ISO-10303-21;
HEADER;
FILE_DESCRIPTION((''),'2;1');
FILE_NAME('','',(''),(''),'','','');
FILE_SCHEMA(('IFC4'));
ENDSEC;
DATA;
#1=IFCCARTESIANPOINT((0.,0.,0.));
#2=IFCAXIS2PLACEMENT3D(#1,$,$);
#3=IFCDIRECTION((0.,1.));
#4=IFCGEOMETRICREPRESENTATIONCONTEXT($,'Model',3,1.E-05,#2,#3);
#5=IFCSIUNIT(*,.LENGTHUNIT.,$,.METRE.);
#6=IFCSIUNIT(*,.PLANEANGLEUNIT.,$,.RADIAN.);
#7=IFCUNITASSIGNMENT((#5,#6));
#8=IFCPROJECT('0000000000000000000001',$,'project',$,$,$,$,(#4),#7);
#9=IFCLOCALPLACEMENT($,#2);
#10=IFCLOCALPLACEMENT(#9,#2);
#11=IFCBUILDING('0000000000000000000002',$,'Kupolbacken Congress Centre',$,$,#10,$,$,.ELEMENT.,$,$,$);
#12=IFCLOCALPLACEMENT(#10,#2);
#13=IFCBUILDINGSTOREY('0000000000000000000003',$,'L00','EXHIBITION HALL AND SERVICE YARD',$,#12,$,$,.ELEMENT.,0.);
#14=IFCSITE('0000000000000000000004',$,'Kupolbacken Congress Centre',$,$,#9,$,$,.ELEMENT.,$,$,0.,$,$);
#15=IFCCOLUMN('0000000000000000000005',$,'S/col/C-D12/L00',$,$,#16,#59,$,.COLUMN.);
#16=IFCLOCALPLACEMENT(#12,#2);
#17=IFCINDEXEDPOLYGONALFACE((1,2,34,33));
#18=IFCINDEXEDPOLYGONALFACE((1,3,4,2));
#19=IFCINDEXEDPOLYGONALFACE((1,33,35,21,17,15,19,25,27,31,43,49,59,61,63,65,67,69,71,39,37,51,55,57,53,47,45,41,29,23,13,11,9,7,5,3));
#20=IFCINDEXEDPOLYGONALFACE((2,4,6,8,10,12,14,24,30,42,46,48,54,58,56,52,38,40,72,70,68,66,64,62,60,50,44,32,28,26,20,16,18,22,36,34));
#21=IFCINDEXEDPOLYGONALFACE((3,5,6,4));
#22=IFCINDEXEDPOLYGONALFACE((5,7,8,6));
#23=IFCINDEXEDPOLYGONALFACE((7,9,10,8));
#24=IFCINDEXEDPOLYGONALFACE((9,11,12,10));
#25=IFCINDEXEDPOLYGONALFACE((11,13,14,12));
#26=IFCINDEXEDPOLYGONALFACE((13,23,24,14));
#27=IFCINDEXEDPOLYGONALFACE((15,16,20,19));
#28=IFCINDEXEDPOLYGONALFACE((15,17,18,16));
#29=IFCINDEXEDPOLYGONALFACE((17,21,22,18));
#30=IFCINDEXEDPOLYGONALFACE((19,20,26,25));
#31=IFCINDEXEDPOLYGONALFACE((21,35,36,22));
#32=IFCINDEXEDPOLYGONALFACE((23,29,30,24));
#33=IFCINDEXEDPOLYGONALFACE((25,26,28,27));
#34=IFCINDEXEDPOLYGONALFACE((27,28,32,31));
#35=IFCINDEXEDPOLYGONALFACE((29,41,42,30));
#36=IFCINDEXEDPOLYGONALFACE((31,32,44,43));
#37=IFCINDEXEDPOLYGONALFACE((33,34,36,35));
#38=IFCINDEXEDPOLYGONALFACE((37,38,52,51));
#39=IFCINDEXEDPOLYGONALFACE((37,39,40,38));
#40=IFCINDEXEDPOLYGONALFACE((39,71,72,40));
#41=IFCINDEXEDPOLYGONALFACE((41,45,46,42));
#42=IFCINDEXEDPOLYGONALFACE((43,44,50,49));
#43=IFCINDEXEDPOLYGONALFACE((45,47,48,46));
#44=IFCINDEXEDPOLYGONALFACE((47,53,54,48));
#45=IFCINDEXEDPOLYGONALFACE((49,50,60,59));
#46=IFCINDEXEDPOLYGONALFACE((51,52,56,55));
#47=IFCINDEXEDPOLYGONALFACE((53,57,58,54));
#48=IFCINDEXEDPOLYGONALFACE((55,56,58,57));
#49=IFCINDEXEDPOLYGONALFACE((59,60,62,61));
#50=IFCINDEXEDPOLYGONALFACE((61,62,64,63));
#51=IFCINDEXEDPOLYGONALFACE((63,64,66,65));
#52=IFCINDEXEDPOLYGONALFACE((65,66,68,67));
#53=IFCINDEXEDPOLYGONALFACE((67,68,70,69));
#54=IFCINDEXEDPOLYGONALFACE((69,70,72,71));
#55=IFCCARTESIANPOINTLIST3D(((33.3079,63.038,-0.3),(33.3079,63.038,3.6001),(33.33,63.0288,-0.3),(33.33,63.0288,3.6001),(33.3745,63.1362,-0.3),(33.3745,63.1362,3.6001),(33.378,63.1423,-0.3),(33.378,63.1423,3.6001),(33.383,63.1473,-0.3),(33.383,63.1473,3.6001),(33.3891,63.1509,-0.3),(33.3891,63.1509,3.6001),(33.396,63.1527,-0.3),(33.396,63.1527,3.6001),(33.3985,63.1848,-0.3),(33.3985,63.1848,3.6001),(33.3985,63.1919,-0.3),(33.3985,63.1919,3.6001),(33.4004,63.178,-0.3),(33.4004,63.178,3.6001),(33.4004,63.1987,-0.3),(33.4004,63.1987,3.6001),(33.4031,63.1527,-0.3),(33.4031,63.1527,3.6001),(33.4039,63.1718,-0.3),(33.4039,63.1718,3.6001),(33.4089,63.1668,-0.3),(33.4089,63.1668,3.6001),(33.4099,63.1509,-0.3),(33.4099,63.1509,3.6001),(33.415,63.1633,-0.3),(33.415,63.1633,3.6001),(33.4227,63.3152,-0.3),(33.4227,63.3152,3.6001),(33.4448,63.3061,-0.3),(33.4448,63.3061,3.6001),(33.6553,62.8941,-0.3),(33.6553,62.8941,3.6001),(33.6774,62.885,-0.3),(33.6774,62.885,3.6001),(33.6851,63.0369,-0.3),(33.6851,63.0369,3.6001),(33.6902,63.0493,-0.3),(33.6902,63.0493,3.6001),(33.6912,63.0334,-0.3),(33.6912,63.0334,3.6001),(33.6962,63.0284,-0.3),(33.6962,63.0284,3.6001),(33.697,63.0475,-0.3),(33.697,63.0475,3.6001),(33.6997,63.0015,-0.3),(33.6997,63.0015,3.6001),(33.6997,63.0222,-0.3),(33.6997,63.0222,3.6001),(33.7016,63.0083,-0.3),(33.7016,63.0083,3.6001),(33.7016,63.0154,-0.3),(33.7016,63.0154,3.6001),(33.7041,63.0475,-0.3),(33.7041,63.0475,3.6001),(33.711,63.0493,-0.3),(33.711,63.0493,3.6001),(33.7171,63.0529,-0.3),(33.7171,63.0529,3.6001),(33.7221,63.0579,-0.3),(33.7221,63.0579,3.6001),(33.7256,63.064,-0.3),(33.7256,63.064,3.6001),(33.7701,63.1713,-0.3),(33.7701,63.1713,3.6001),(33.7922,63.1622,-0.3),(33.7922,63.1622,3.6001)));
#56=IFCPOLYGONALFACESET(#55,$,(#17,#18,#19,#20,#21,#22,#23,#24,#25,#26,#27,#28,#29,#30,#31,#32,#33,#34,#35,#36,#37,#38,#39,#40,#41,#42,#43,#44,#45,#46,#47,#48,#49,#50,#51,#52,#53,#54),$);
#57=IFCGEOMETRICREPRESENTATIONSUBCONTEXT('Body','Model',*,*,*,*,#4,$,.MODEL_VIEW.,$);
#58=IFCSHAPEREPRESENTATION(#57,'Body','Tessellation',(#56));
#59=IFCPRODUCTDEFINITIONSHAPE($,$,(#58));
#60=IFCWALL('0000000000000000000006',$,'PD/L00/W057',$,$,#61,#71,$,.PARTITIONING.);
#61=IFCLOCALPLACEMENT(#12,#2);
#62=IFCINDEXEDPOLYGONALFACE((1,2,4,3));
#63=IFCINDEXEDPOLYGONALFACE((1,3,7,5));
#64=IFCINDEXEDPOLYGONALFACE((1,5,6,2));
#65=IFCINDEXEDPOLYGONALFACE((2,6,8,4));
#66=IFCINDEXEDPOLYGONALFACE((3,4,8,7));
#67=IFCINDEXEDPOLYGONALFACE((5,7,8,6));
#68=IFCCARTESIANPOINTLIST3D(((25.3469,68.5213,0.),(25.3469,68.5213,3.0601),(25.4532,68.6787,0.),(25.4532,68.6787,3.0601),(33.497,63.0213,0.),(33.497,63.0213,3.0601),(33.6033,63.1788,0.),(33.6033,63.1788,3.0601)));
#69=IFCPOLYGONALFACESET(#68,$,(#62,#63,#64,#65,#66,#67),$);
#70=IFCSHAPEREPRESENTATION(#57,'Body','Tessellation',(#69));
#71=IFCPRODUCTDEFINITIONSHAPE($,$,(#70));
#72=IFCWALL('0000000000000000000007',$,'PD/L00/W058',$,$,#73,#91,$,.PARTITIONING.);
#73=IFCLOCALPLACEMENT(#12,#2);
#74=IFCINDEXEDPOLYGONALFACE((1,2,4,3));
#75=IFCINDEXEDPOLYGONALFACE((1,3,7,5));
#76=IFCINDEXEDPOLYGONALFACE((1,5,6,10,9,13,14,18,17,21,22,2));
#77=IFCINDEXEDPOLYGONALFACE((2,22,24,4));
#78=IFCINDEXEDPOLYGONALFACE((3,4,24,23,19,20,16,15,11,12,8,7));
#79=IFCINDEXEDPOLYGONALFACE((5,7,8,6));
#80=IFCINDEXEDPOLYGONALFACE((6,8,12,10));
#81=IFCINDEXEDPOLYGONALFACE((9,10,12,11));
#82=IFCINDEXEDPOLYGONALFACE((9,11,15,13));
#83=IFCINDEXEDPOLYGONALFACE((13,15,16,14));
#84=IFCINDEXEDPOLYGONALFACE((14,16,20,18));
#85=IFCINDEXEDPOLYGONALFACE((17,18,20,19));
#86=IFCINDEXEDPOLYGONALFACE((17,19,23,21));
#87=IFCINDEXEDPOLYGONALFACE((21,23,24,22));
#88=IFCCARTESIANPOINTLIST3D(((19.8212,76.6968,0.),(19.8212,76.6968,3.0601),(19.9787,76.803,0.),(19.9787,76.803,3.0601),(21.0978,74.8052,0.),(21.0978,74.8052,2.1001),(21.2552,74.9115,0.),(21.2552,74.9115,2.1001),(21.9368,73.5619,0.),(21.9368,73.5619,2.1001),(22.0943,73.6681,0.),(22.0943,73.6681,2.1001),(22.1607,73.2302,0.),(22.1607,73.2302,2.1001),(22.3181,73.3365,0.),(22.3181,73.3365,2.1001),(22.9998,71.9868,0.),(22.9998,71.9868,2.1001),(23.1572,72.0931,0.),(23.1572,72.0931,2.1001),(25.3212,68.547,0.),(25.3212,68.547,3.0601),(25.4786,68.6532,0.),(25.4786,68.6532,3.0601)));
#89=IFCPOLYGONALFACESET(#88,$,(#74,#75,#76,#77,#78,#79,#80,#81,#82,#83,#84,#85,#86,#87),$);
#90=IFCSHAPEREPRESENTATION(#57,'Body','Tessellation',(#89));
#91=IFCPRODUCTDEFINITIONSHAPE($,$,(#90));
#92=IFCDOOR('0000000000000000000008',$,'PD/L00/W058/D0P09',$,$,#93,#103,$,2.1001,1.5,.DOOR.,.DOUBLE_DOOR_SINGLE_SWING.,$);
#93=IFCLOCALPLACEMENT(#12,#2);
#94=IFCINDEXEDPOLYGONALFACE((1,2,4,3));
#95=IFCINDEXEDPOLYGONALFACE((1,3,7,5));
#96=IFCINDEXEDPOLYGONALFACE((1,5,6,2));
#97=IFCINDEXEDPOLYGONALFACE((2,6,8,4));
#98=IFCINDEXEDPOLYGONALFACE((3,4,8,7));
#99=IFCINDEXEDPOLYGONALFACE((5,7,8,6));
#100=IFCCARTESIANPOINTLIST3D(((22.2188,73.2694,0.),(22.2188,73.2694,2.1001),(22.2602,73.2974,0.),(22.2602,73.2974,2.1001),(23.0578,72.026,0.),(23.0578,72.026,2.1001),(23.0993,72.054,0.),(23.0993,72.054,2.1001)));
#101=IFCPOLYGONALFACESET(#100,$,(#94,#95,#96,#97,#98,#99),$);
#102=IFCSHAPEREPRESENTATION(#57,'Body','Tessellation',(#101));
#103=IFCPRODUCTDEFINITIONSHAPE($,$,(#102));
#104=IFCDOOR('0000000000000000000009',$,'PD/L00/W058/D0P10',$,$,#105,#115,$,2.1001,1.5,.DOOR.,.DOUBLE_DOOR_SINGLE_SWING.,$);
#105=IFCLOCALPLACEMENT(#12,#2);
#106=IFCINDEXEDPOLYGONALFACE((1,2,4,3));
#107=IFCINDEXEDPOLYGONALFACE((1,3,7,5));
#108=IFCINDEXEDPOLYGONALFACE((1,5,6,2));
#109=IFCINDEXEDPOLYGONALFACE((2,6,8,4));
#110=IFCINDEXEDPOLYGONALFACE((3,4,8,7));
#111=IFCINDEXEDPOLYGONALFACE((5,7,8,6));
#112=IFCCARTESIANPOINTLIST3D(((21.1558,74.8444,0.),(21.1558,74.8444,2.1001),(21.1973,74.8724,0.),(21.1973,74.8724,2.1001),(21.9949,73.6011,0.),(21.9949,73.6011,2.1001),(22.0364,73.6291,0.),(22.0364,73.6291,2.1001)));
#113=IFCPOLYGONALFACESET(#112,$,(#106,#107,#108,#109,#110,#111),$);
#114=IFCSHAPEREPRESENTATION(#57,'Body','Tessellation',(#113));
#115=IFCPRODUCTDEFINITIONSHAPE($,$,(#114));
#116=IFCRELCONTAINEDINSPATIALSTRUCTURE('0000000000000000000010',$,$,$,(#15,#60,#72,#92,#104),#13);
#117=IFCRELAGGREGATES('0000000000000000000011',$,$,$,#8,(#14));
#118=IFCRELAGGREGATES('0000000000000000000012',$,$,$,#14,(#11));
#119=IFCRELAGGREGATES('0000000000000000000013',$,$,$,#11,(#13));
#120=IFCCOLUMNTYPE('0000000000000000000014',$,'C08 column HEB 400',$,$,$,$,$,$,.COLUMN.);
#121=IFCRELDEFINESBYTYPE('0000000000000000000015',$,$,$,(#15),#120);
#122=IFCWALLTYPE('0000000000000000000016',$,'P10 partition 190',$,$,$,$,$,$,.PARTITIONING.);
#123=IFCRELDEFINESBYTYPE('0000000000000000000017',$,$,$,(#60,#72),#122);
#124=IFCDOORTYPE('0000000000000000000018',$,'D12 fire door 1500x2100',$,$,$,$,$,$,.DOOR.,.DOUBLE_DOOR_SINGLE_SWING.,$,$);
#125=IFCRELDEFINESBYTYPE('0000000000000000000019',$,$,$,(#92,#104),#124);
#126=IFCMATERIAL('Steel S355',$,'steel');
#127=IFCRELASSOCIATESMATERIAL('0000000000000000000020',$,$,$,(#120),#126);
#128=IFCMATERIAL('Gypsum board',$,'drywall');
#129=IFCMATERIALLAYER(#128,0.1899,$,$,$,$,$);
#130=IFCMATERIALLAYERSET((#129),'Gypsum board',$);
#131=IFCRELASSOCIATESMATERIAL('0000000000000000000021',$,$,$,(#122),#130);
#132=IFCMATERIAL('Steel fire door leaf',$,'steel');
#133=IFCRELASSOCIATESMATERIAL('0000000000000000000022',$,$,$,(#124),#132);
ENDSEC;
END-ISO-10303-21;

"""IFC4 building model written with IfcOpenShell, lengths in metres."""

from ifc_helpers import new_model, si_unit, direction, frame, frame_2d, origin, origin_2d, place, context, subcontext, project, spatial, rectangle, i_section, extrude, material, layer, layer_set, material_profile, profile_set, type_object, element, fill, save


model = new_model("IFC4")

# Units and contexts
model_context = context("Model", 3, precision=1e-05, world=origin(), true_north=direction((0.0, 1.0)))
body_context = subcontext(model_context, "Body", "Model", "MODEL_VIEW")
ifc_project = project(units=[si_unit("LENGTHUNIT", "METRE"), si_unit("PLANEANGLEUNIT", "RADIAN")], contexts=[model_context])

# Site, building, storey
site_placement = place(None, origin())
site = spatial("IfcSite", under=ifc_project, at=site_placement, Name="Kupolbacken Congress Centre", CompositionType="ELEMENT", RefElevation=0.0)
building_placement = place(site_placement, origin())
building = spatial("IfcBuilding", under=site, at=building_placement, Name="Kupolbacken Congress Centre", CompositionType="ELEMENT")
storey_placement = place(building_placement, origin())
storey = spatial("IfcBuildingStorey", under=building, at=storey_placement, Name="L00", Description="EXHIBITION HALL AND SERVICE YARD", CompositionType="ELEMENT", Elevation=0.0)

# Column
ifc_material_1 = material(Name="Steel S355", Category="steel")
ifc_material_profile_1 = material_profile(ifc_material_1, i_section(OverallWidth=0.3, OverallDepth=0.3999, WebThickness=0.0134, FlangeThickness=0.0239, FilletRadius=0.0271, at=origin_2d()), Name="HEB 400")
ifc_profile_set_1 = profile_set([ifc_material_profile_1], Name="Steel S355")
column_type_1 = type_object("IfcColumnType", Name="C08 column HEB 400", PredefinedType="COLUMN", material=ifc_profile_set_1)
column_placement = place(storey_placement, frame((33.55, 63.1001, -0.3), z_axis=(0.0, 0.0, 1.0), x_axis=(-0.382644, -0.923896, 0.0)))
element("IfcColumn", 1, at=column_placement, inside=storey, type_object=column_type_1, Name="S/col/C-D12/L00", PredefinedType="COLUMN", context=body_context, shape_type="SweptSolid", body=[
    extrude(i_section(OverallWidth=0.3, OverallDepth=0.3999, WebThickness=0.0134, FlangeThickness=0.0239, FilletRadius=0.0271, at=origin_2d()), origin(), (0.0, 0.0, 1.0), 3.9001),
])

# Wall
ifc_material_2 = material(Name="Gypsum board", Category="drywall")
ifc_layer_1 = layer(ifc_material_2, 0.1899)
ifc_layer_set_1 = layer_set([ifc_layer_1], Name="Gypsum board")
wall_type = type_object("IfcWallType", Name="P10 partition 190", PredefinedType="PARTITIONING", material=ifc_layer_set_1)
wall_1_placement = place(storey_placement, frame((33.55, 63.1001, 0.0), z_axis=(0.0, 0.0, 1.0), x_axis=(-0.828912, 0.559379, 0.0)))
element("IfcWall", 2, at=wall_1_placement, inside=storey, type_object=wall_type, Name="PD/L00/W057", PredefinedType="PARTITIONING", context=body_context, shape_type="SweptSolid", body=[
    extrude(rectangle(XDim=9.8323, YDim=0.1899, at=frame_2d((4.916, 0.0))), origin(), (0.0, 0.0, 1.0), 3.0601),
])

# Wall, openings, doors
wall_2_placement = place(storey_placement, frame((25.3999, 68.6001, 0.0), z_axis=(0.0, 0.0, 1.0), x_axis=(-0.55939, 0.828905, 0.0)))
wall_2 = element("IfcWall", 3, at=wall_2_placement, inside=storey, type_object=wall_type, Name="PD/L00/W058", PredefinedType="PARTITIONING", context=body_context, shape_type="SweptSolid", body=[
    extrude(rectangle(XDim=9.832, YDim=0.1899, at=frame_2d((4.916, 0.0))), origin(), (0.0, 0.0, 1.0), 3.0601),
])
opening_1_placement = place(wall_2_placement, frame((4.1499, 0.0, 0.0)))
opening_1 = element("IfcOpeningElement", 4, at=opening_1_placement, cuts=wall_2, PredefinedType="OPENING", context=body_context, shape_type="SweptSolid", body=[
    extrude(rectangle(XDim=1.5, YDim=2.1001, at=frame_2d((0.75, 1.05))), frame((0.0, 0.105, 0.0), z_axis=(0.0, -1.0, 0.0), x_axis=(1.0, 0.0, 0.0)), (0.0, 0.0, 1.0), 0.21),
])
opening_2_placement = place(wall_2_placement, frame((6.05, 0.0, 0.0)))
opening_2 = element("IfcOpeningElement", 5, at=opening_2_placement, cuts=wall_2, PredefinedType="OPENING", context=body_context, shape_type="SweptSolid", body=[
    extrude(rectangle(XDim=1.5, YDim=2.1001, at=frame_2d((0.75, 1.05))), frame((0.0, 0.105, 0.0), z_axis=(0.0, -1.0, 0.0), x_axis=(1.0, 0.0, 0.0)), (0.0, 0.0, 1.0), 0.21),
])
ifc_material_3 = material(Name="Steel fire door leaf", Category="steel")
door_type = type_object("IfcDoorType", Name="D12 fire door 1500x2100", OperationType="DOUBLE_DOOR_SINGLE_SWING", PredefinedType="DOOR", material=ifc_material_3)
door_1_placement = place(opening_1_placement, origin())
door_1 = element("IfcDoor", 6, at=door_1_placement, inside=storey, type_object=door_type, Name="PD/L00/W058/D0P09", OperationType="DOUBLE_DOOR_SINGLE_SWING", OverallHeight=2.1001, OverallWidth=1.5, PredefinedType="DOOR", context=body_context, shape_type="SweptSolid", body=[
    extrude(rectangle(XDim=1.5, YDim=2.1001, at=frame_2d((0.75, 1.05))), frame((0.0, 0.0249, 0.0), z_axis=(0.0, -1.0, 0.0), x_axis=(1.0, 0.0, 0.0)), (0.0, 0.0, 1.0), 0.05),
])
fill(opening_1, door_1)
door_2_placement = place(opening_2_placement, origin())
door_2 = element("IfcDoor", 7, at=door_2_placement, inside=storey, type_object=door_type, Name="PD/L00/W058/D0P10", OperationType="DOUBLE_DOOR_SINGLE_SWING", OverallHeight=2.1001, OverallWidth=1.5, PredefinedType="DOOR", context=body_context, shape_type="SweptSolid", body=[
    extrude(rectangle(XDim=1.5, YDim=2.1001, at=frame_2d((0.75, 1.05))), frame((0.0, 0.0249, 0.0), z_axis=(0.0, -1.0, 0.0), x_axis=(1.0, 0.0, 0.0)), (0.0, 0.0, 1.0), 0.05),
])
fill(opening_2, door_2)

save(model, "model.ifc")
